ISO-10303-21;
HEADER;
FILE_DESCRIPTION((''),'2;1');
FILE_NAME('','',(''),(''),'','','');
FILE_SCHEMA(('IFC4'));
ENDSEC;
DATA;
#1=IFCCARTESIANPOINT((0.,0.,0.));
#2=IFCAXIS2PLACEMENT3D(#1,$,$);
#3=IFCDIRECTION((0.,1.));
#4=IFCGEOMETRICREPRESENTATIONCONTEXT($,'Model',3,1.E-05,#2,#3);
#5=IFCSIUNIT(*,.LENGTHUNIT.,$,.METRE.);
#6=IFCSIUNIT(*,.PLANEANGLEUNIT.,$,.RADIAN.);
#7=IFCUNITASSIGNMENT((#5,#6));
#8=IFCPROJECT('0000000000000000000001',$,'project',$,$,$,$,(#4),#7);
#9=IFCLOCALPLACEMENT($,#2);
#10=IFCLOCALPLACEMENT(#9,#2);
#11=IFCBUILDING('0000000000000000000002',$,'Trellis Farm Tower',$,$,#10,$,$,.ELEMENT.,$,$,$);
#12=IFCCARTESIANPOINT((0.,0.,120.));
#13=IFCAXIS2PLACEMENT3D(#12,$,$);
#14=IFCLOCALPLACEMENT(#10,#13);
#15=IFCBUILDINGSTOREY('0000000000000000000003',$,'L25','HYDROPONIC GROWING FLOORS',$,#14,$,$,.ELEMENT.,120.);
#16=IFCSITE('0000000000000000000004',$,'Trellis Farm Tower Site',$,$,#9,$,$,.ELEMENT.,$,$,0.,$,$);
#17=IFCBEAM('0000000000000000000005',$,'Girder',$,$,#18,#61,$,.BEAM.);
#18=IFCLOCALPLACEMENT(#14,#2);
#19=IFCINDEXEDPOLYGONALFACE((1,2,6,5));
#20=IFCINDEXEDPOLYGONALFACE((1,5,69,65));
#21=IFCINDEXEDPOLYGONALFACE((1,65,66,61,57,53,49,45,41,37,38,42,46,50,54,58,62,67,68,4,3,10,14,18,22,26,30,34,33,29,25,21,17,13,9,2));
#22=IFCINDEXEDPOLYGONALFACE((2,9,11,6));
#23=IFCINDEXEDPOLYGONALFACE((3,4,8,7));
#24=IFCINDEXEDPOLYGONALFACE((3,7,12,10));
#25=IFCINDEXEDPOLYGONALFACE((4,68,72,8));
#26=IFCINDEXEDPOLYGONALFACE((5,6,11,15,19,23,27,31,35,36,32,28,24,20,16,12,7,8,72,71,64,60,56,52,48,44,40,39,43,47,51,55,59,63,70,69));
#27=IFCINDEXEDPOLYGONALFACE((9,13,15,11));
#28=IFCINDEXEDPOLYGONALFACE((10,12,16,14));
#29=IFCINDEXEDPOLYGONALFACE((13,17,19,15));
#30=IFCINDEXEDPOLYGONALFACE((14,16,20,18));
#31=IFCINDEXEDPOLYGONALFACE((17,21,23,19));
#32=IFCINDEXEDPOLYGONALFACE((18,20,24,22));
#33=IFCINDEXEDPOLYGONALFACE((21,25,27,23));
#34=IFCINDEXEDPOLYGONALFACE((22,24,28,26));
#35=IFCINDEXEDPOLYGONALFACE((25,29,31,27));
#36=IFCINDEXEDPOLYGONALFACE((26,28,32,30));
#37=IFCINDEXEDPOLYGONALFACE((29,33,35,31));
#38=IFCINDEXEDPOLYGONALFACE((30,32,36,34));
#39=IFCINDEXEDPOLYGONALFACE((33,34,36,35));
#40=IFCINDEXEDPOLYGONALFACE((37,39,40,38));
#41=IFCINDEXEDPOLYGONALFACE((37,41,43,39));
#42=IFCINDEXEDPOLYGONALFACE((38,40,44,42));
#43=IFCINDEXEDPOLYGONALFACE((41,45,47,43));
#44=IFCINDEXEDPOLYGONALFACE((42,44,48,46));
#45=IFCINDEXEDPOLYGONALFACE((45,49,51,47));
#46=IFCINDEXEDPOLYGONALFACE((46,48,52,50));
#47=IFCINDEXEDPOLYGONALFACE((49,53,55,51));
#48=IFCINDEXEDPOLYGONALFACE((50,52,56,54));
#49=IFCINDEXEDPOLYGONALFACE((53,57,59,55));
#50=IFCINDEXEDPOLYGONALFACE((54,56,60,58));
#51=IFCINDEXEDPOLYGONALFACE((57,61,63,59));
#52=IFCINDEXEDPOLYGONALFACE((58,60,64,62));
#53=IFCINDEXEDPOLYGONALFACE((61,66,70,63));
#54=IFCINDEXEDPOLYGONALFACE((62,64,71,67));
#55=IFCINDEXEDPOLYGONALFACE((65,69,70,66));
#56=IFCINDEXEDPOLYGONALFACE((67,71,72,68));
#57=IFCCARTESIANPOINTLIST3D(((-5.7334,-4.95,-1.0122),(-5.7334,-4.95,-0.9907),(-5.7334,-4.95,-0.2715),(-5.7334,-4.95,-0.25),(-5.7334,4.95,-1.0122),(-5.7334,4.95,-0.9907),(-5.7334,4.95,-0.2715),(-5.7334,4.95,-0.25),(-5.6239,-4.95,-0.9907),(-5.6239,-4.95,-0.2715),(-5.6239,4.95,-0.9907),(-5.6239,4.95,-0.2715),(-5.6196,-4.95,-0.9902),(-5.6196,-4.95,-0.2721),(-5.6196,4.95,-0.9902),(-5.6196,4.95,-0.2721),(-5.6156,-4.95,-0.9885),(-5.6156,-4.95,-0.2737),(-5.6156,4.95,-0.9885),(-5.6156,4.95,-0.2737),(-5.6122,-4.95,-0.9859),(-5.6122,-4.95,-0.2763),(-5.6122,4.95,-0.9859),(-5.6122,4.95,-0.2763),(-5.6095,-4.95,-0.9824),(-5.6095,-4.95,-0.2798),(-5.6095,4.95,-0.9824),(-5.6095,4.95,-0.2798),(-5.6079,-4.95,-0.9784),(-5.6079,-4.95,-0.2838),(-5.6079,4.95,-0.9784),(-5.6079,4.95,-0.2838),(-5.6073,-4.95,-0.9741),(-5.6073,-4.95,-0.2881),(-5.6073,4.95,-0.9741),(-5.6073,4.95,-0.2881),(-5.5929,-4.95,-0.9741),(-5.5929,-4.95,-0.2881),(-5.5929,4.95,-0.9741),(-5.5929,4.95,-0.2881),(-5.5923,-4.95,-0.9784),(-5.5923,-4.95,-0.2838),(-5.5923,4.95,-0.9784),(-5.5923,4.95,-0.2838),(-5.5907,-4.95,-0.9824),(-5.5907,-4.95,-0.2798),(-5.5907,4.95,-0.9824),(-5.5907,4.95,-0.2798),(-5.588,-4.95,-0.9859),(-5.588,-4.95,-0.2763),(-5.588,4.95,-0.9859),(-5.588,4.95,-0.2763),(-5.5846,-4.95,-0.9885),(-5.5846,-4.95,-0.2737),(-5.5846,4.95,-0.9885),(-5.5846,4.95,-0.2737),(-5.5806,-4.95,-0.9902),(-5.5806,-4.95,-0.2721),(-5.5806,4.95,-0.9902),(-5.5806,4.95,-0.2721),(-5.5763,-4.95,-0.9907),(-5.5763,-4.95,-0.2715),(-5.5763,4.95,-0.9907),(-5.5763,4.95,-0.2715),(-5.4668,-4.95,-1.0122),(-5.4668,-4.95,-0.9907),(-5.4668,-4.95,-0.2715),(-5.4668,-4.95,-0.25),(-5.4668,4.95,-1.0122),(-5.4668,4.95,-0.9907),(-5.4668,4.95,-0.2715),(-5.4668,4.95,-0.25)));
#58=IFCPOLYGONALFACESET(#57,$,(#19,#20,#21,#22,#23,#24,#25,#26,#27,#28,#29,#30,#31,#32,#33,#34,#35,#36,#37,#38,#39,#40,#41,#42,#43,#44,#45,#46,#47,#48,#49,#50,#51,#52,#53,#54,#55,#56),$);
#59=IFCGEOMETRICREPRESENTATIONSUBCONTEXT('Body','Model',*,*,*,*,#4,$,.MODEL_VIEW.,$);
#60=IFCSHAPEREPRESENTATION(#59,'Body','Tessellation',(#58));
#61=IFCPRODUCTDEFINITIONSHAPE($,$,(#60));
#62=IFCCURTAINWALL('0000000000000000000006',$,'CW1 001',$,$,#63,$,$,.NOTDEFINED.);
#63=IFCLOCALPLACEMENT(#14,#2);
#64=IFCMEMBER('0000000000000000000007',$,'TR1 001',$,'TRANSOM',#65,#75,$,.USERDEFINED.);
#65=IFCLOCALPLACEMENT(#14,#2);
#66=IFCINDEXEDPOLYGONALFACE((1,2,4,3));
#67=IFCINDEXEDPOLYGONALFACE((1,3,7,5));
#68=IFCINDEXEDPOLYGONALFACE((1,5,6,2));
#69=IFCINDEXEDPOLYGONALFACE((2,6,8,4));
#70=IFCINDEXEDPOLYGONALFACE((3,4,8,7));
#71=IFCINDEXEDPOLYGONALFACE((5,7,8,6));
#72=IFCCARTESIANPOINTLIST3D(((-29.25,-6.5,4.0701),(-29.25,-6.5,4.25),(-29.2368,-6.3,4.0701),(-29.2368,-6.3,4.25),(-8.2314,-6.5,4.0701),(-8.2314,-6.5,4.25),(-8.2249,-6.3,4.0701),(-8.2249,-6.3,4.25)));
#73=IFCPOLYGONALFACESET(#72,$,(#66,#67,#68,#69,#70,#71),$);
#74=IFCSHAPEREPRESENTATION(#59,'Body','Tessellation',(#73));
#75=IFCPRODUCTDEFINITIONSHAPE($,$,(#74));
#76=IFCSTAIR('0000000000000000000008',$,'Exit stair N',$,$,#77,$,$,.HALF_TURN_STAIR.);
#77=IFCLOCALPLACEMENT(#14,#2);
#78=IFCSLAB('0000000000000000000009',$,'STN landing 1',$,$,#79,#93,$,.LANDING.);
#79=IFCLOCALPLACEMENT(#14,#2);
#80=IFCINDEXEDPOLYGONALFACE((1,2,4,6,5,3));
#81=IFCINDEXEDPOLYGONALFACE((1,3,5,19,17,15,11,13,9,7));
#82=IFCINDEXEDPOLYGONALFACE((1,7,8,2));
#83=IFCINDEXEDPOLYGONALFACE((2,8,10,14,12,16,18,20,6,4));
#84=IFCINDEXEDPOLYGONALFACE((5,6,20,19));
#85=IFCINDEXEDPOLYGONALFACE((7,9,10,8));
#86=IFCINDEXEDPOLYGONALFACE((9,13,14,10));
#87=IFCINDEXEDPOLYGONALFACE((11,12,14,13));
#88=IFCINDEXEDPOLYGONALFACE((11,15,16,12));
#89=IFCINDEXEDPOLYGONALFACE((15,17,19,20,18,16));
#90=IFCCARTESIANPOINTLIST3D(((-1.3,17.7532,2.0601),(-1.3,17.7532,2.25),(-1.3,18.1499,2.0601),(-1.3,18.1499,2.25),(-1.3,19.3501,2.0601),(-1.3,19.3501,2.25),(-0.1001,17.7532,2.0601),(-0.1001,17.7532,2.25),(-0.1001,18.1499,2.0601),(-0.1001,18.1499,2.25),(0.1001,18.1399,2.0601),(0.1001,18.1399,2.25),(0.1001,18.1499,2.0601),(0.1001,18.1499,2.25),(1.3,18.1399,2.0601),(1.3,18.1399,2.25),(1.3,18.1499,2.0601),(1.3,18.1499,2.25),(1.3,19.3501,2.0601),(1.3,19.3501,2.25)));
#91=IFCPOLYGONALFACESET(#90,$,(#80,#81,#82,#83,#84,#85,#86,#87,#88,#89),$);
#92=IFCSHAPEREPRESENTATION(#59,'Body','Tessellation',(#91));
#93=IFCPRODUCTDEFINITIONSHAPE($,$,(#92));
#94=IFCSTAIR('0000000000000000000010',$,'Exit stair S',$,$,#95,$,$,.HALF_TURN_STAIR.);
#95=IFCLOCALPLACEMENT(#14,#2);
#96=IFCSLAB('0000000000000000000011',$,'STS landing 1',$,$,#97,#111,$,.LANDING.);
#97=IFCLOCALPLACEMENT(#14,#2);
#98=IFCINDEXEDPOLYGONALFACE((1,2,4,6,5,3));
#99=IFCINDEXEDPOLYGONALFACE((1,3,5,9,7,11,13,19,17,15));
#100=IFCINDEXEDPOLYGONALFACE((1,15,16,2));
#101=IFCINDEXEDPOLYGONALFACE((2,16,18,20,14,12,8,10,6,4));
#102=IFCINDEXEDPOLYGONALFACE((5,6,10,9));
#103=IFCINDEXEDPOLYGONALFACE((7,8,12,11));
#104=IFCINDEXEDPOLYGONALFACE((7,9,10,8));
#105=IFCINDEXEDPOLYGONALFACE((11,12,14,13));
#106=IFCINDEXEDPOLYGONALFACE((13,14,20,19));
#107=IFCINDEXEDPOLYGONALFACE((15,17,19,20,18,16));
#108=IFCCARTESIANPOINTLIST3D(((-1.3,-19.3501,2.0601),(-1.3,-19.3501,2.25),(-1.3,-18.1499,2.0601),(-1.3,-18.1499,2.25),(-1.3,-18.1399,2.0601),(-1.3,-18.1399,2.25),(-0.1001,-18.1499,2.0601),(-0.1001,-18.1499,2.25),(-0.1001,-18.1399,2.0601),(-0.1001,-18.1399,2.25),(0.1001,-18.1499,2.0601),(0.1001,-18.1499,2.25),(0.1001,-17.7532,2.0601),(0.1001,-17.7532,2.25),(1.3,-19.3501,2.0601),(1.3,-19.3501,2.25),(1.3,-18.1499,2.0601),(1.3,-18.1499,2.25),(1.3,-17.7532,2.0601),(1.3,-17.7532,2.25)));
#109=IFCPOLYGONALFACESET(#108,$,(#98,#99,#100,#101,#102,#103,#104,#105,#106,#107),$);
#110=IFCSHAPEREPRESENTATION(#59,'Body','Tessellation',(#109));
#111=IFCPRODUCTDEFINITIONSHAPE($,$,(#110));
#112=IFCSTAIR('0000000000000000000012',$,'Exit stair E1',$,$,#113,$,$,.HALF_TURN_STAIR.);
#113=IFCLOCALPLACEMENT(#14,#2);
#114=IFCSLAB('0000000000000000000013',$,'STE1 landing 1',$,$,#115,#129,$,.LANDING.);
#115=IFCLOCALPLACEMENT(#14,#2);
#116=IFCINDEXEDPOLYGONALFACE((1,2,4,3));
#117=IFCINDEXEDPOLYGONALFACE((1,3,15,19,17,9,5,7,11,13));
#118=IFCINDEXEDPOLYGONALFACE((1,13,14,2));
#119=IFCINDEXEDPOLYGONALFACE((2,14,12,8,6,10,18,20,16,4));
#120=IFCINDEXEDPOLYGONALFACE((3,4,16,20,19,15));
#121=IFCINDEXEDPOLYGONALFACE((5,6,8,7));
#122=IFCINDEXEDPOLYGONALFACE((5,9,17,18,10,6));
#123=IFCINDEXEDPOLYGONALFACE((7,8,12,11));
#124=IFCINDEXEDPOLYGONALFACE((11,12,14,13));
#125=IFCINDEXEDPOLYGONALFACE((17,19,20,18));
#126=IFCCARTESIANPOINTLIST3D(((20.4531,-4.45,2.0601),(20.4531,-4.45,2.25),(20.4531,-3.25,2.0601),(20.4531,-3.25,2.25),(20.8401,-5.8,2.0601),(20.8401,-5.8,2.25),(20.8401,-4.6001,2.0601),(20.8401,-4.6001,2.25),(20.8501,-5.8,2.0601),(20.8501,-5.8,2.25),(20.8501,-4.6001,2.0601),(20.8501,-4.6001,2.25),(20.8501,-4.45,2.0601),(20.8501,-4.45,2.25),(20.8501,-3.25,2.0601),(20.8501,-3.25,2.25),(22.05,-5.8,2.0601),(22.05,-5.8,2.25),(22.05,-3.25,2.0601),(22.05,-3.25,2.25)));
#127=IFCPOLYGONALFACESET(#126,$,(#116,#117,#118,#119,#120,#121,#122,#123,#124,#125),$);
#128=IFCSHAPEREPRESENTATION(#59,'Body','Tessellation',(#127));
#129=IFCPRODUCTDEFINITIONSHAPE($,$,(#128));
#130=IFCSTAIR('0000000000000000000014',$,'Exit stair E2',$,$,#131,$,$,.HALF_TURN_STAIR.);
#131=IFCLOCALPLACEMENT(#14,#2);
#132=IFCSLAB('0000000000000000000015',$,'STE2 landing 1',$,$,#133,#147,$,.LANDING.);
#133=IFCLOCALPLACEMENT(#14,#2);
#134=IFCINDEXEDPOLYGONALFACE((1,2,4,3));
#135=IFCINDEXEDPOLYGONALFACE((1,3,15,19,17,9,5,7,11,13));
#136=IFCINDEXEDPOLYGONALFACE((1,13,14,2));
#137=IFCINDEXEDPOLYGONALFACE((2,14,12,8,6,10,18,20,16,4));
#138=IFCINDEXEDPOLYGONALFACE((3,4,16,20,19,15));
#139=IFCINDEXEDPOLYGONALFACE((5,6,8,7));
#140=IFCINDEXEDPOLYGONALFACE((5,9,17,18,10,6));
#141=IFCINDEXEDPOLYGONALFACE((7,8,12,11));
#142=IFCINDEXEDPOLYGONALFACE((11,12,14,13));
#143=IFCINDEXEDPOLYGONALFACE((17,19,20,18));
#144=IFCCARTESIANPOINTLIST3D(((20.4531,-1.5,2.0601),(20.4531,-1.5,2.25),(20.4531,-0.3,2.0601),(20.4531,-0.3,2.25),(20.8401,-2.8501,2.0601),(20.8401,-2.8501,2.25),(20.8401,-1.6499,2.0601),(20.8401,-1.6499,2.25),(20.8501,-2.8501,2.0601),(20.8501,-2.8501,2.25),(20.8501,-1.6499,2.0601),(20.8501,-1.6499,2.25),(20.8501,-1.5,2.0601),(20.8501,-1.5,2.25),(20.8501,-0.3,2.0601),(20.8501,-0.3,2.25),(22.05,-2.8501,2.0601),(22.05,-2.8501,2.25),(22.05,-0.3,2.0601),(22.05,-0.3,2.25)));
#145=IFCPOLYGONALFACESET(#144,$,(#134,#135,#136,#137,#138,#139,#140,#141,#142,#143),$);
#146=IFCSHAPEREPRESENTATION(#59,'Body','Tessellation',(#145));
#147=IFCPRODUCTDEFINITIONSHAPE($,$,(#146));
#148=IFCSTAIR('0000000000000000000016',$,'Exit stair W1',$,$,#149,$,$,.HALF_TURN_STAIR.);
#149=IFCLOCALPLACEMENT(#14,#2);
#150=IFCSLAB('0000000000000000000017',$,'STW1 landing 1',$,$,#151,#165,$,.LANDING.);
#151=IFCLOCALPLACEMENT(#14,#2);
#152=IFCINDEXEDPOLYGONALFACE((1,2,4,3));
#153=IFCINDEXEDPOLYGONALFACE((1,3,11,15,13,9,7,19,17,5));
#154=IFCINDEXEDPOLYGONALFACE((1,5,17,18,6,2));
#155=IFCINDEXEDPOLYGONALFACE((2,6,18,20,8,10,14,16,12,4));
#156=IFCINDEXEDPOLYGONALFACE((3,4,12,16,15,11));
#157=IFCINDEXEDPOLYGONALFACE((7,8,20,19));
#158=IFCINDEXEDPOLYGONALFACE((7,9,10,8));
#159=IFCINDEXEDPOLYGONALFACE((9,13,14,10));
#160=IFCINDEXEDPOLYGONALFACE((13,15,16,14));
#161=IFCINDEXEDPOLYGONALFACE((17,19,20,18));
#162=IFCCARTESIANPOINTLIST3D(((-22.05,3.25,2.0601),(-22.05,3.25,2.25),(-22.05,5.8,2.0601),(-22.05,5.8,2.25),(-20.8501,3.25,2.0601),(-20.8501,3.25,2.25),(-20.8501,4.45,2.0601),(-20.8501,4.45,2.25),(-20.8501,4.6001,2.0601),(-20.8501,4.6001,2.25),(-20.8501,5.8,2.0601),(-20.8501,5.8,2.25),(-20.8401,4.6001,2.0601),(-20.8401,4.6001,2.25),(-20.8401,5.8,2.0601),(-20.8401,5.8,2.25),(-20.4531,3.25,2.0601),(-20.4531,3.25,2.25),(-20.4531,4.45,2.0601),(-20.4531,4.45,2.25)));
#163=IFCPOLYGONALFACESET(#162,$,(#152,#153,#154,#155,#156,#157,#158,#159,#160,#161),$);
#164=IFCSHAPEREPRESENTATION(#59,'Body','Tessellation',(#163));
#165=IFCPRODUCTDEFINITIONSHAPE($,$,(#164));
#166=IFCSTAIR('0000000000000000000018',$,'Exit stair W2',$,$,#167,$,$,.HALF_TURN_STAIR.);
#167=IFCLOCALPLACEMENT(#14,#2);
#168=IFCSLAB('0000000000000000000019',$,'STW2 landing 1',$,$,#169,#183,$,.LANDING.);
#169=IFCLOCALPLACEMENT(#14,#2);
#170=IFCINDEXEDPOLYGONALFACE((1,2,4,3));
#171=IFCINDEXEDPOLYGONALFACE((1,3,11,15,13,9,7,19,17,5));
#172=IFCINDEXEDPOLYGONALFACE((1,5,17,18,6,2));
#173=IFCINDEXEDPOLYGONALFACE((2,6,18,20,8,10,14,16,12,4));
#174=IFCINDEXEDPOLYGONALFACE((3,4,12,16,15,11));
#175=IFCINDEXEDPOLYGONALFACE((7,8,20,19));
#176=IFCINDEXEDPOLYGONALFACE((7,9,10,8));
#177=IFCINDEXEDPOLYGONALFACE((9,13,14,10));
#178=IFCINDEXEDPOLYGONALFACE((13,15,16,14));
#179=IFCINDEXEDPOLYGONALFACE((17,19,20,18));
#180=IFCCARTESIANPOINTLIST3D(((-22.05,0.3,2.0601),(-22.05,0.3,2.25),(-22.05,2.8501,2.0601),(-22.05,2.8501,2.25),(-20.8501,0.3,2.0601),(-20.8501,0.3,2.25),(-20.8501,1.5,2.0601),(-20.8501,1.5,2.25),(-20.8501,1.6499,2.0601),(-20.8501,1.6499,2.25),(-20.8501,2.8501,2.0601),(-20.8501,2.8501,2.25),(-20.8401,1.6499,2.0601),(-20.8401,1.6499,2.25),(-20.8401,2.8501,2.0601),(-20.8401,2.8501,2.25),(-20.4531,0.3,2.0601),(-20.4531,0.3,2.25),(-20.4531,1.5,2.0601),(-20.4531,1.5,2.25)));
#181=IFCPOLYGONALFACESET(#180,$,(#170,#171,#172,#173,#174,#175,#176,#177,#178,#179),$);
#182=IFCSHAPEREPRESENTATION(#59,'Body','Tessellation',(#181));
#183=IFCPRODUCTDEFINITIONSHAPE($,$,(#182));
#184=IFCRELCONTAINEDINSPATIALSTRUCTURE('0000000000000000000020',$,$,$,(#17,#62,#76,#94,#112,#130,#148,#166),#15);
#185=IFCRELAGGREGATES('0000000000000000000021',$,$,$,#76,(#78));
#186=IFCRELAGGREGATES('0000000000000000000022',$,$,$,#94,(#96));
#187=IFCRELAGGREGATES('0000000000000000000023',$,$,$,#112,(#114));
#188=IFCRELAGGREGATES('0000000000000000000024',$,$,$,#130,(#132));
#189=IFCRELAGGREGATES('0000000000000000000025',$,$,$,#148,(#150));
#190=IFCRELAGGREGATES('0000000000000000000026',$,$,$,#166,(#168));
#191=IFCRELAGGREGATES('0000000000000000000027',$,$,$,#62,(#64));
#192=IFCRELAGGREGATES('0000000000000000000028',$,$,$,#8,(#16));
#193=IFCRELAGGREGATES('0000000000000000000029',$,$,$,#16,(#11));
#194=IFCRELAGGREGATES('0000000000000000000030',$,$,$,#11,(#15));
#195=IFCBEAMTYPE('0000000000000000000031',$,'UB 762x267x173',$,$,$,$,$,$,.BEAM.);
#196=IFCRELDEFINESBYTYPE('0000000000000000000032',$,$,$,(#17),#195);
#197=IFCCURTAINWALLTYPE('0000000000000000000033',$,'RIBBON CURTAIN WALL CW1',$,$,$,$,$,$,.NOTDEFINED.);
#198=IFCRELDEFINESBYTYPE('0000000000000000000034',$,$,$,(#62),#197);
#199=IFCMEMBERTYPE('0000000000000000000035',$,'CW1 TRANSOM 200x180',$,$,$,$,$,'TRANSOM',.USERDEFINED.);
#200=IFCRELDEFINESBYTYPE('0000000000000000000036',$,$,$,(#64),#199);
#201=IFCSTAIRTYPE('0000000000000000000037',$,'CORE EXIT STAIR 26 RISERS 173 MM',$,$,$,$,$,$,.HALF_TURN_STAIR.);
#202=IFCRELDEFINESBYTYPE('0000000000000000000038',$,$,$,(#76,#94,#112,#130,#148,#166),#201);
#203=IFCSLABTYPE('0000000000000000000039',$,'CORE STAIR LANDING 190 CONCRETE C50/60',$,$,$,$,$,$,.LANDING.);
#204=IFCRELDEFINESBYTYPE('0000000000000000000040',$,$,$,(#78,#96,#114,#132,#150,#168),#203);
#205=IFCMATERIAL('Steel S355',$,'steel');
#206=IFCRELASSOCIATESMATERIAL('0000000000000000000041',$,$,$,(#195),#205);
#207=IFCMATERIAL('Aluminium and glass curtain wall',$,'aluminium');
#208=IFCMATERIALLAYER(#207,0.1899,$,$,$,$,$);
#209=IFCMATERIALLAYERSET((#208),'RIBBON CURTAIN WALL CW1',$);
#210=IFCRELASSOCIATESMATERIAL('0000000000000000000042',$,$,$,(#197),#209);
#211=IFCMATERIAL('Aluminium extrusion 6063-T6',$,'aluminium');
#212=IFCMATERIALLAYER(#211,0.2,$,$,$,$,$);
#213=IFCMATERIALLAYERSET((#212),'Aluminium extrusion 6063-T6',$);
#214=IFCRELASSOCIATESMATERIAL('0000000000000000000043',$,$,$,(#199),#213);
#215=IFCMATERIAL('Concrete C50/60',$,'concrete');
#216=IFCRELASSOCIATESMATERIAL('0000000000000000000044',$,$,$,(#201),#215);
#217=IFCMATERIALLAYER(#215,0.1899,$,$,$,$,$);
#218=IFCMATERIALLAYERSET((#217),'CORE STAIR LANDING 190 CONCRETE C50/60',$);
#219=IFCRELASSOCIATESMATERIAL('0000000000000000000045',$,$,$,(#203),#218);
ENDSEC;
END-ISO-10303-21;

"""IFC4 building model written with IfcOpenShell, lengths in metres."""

from ifc_helpers import new_model, si_unit, direction, frame, origin, origin_2d, place, context, subcontext, project, spatial, polyline, i_section, outline, extrude, source, transform, mapped, material, layer, layer_set, material_profile, profile_set, type_object, element, aggregate, save


model = new_model("IFC4")

# Units and contexts
model_context = context("Model", 3, precision=1e-05, world=origin(), true_north=direction((0.0, 1.0)))
body_context = subcontext(model_context, "Body", "Model", "MODEL_VIEW")
ifc_project = project(units=[si_unit("LENGTHUNIT", "METRE"), si_unit("PLANEANGLEUNIT", "RADIAN")], contexts=[model_context])

# Site, building, storey
site_placement = place(None, origin())
site = spatial("IfcSite", under=ifc_project, at=site_placement, Name="Trellis Farm Tower Site", CompositionType="ELEMENT", RefElevation=0.0)
building_placement = place(site_placement, origin())
building = spatial("IfcBuilding", under=site, at=building_placement, Name="Trellis Farm Tower", CompositionType="ELEMENT")
storey_placement = place(building_placement, frame((0.0, 0.0, 120.0)))
storey = spatial("IfcBuildingStorey", under=building, at=storey_placement, Name="L25", Description="HYDROPONIC GROWING FLOORS", CompositionType="ELEMENT", Elevation=120.0)

# Beam
ifc_material_1 = material(Name="Steel S355", Category="steel")
ifc_material_profile_1 = material_profile(ifc_material_1, i_section(OverallWidth=0.2666, OverallDepth=0.7622, WebThickness=0.0144, FlangeThickness=0.0215, FilletRadius=0.0166, at=origin_2d()), Name="UB 762x267x173")
ifc_profile_set_1 = profile_set([ifc_material_profile_1], Name="Steel S355")
beam_type_1 = type_object("IfcBeamType", Name="UB 762x267x173", PredefinedType="BEAM", material=ifc_profile_set_1)
shared_shape_1 = source(origin(), body_context, "Body", "SweptSolid", [
    extrude(i_section(OverallWidth=0.2666, OverallDepth=0.7622, WebThickness=0.0144, FlangeThickness=0.0215, FilletRadius=0.0166, at=origin_2d()), origin(), (0.0, 0.0, 1.0), 9.8999),
])
for number, where, z_axis, x_axis, name in (
    (1, (-5.6001, -4.95, -0.6311), (0.0, 1.0, 0.0), (-1.0, 0.0, 0.0), "Girder"),
):
    element("IfcBeam", number, at=place(storey_placement, frame(where, z_axis=z_axis, x_axis=x_axis)), inside=storey, type_object=beam_type_1, Name=name, PredefinedType="BEAM", context=body_context, shape_type="MappedRepresentation", body=[
        mapped(shared_shape_1, transform((0.0, 0.0, 0.0))),
    ])

# Curtain wall, member
ifc_material_2 = material(Name="Aluminium and glass curtain wall", Category="aluminium")
ifc_layer_1 = layer(ifc_material_2, 0.1899)
ifc_layer_set_1 = layer_set([ifc_layer_1], Name="RIBBON CURTAIN WALL CW1")
curtain_wall_type = type_object("IfcCurtainWallType", Name="RIBBON CURTAIN WALL CW1", PredefinedType="NOTDEFINED", material=ifc_layer_set_1)
placement_1 = place(storey_placement, origin())
curtain_wall = element("IfcCurtainWall", 2, at=placement_1, inside=storey, type_object=curtain_wall_type, Name="CW1 001", PredefinedType="NOTDEFINED")
ifc_material_3 = material(Name="Aluminium extrusion 6063-T6", Category="aluminium")
ifc_layer_2 = layer(ifc_material_3, 0.2)
ifc_layer_set_2 = layer_set([ifc_layer_2], Name="Aluminium extrusion 6063-T6")
member_type = type_object("IfcMemberType", Name="CW1 TRANSOM 200x180", ElementType="TRANSOM", PredefinedType="USERDEFINED", material=ifc_layer_set_2)
shared_shape_2 = source(origin(), body_context, "Body", "SweptSolid", [
    extrude(outline(polyline([(-29.25, -6.5), (-8.2314, -6.5), (-8.2249, -6.3), (-29.2368, -6.3), (-29.25, -6.5)])), origin(), (0.0, 0.0, 1.0), 0.1799),
])
member_placement = place(storey_placement, frame((0.0, 0.0, 4.0701)))
member = element("IfcMember", 3, at=member_placement, type_object=member_type, Name="TR1 001", ObjectType="TRANSOM", PredefinedType="USERDEFINED", context=body_context, shape_type="MappedRepresentation", body=[
    mapped(shared_shape_2, transform((0.0, 0.0, 0.0))),
])

# Stairs, slabs
ifc_material_4 = material(Name="Concrete C50/60", Category="concrete")
stair_type = type_object("IfcStairType", Name="CORE EXIT STAIR 26 RISERS 173 MM", PredefinedType="HALF_TURN_STAIR", material=ifc_material_4)
stair_1 = element("IfcStair", 4, at=placement_1, inside=storey, type_object=stair_type, Name="Exit stair N", PredefinedType="HALF_TURN_STAIR")
ifc_layer_3 = layer(ifc_material_4, 0.1899)
ifc_layer_set_3 = layer_set([ifc_layer_3], Name="CORE STAIR LANDING 190 CONCRETE C50/60")
slab_type_1 = type_object("IfcSlabType", Name="CORE STAIR LANDING 190 CONCRETE C50/60", PredefinedType="LANDING", material=ifc_layer_set_3)
shared_shape_3 = source(origin(), body_context, "Body", "SweptSolid", [
    extrude(outline(polyline([(-0.1001, 17.7532), (-1.3, 17.7532), (-1.3, 18.1499), (-1.3, 19.3501), (1.3, 19.3501), (1.3, 18.1499), (1.3, 18.1399), (0.1001, 18.1399), (0.1001, 18.1499), (-0.1001, 18.1499), (-0.1001, 17.7532)])), origin(), (0.0, 0.0, 1.0), 0.1899),
])
placement_2 = place(storey_placement, frame((0.0, 0.0, 2.0601)))
slab_1 = element("IfcSlab", 5, at=placement_2, type_object=slab_type_1, Name="STN landing 1", PredefinedType="LANDING", context=body_context, shape_type="MappedRepresentation", body=[
    mapped(shared_shape_3, transform((0.0, 0.0, 0.0))),
])
aggregate(stair_1, [slab_1])
stair_2 = element("IfcStair", 6, at=placement_1, inside=storey, type_object=stair_type, Name="Exit stair S", PredefinedType="HALF_TURN_STAIR")
shared_shape_4 = source(origin(), body_context, "Body", "SweptSolid", [
    extrude(outline(polyline([(1.3, -19.3501), (-1.3, -19.3501), (-1.3, -18.1499), (-1.3, -18.1399), (-0.1001, -18.1399), (-0.1001, -18.1499), (0.1001, -18.1499), (0.1001, -17.7532), (1.3, -17.7532), (1.3, -18.1499), (1.3, -19.3501)])), origin(), (0.0, 0.0, 1.0), 0.1899),
])
slab_2 = element("IfcSlab", 7, at=placement_2, type_object=slab_type_1, Name="STS landing 1", PredefinedType="LANDING", context=body_context, shape_type="MappedRepresentation", body=[
    mapped(shared_shape_4, transform((0.0, 0.0, 0.0))),
])
aggregate(stair_2, [slab_2])
stair_3 = element("IfcStair", 8, at=placement_1, inside=storey, type_object=stair_type, Name="Exit stair E1", PredefinedType="HALF_TURN_STAIR")
shared_shape_5 = source(origin(), body_context, "Body", "SweptSolid", [
    extrude(outline(polyline([(20.8401, -5.8), (20.8401, -4.6001), (20.8501, -4.6001), (20.8501, -4.45), (20.4531, -4.45), (20.4531, -3.25), (20.8501, -3.25), (22.05, -3.25), (22.05, -5.8), (20.8501, -5.8), (20.8401, -5.8)])), origin(), (0.0, 0.0, 1.0), 0.1899),
])
slab_3 = element("IfcSlab", 9, at=placement_2, type_object=slab_type_1, Name="STE1 landing 1", PredefinedType="LANDING", context=body_context, shape_type="MappedRepresentation", body=[
    mapped(shared_shape_5, transform((0.0, 0.0, 0.0))),
])
aggregate(stair_3, [slab_3])
stair_4 = element("IfcStair", 10, at=placement_1, inside=storey, type_object=stair_type, Name="Exit stair E2", PredefinedType="HALF_TURN_STAIR")
shared_shape_6 = source(origin(), body_context, "Body", "SweptSolid", [
    extrude(outline(polyline([(20.8401, -2.8501), (20.8401, -1.6499), (20.8501, -1.6499), (20.8501, -1.5), (20.4531, -1.5), (20.4531, -0.3), (20.8501, -0.3), (22.05, -0.3), (22.05, -2.8501), (20.8501, -2.8501), (20.8401, -2.8501)])), origin(), (0.0, 0.0, 1.0), 0.1899),
])
slab_4 = element("IfcSlab", 11, at=placement_2, type_object=slab_type_1, Name="STE2 landing 1", PredefinedType="LANDING", context=body_context, shape_type="MappedRepresentation", body=[
    mapped(shared_shape_6, transform((0.0, 0.0, 0.0))),
])
aggregate(stair_4, [slab_4])
stair_5 = element("IfcStair", 12, at=placement_1, inside=storey, type_object=stair_type, Name="Exit stair W1", PredefinedType="HALF_TURN_STAIR")
shared_shape_7 = source(origin(), body_context, "Body", "SweptSolid", [
    extrude(outline(polyline([(-20.4531, 4.45), (-20.4531, 3.25), (-20.8501, 3.25), (-22.05, 3.25), (-22.05, 5.8), (-20.8501, 5.8), (-20.8401, 5.8), (-20.8401, 4.6001), (-20.8501, 4.6001), (-20.8501, 4.45), (-20.4531, 4.45)])), origin(), (0.0, 0.0, 1.0), 0.1899),
])
slab_5 = element("IfcSlab", 13, at=placement_2, type_object=slab_type_1, Name="STW1 landing 1", PredefinedType="LANDING", context=body_context, shape_type="MappedRepresentation", body=[
    mapped(shared_shape_7, transform((0.0, 0.0, 0.0))),
])
aggregate(stair_5, [slab_5])
stair_6 = element("IfcStair", 14, at=placement_1, inside=storey, type_object=stair_type, Name="Exit stair W2", PredefinedType="HALF_TURN_STAIR")
shared_shape_8 = source(origin(), body_context, "Body", "SweptSolid", [
    extrude(outline(polyline([(-20.4531, 1.5), (-20.4531, 0.3), (-20.8501, 0.3), (-22.05, 0.3), (-22.05, 2.8501), (-20.8501, 2.8501), (-20.8401, 2.8501), (-20.8401, 1.6499), (-20.8501, 1.6499), (-20.8501, 1.5), (-20.4531, 1.5)])), origin(), (0.0, 0.0, 1.0), 0.1899),
])
slab_6 = element("IfcSlab", 15, at=placement_2, type_object=slab_type_1, Name="STW2 landing 1", PredefinedType="LANDING", context=body_context, shape_type="MappedRepresentation", body=[
    mapped(shared_shape_8, transform((0.0, 0.0, 0.0))),
])
aggregate(stair_6, [slab_6])

aggregate(curtain_wall, [member])

save(model, "model.ifc")
